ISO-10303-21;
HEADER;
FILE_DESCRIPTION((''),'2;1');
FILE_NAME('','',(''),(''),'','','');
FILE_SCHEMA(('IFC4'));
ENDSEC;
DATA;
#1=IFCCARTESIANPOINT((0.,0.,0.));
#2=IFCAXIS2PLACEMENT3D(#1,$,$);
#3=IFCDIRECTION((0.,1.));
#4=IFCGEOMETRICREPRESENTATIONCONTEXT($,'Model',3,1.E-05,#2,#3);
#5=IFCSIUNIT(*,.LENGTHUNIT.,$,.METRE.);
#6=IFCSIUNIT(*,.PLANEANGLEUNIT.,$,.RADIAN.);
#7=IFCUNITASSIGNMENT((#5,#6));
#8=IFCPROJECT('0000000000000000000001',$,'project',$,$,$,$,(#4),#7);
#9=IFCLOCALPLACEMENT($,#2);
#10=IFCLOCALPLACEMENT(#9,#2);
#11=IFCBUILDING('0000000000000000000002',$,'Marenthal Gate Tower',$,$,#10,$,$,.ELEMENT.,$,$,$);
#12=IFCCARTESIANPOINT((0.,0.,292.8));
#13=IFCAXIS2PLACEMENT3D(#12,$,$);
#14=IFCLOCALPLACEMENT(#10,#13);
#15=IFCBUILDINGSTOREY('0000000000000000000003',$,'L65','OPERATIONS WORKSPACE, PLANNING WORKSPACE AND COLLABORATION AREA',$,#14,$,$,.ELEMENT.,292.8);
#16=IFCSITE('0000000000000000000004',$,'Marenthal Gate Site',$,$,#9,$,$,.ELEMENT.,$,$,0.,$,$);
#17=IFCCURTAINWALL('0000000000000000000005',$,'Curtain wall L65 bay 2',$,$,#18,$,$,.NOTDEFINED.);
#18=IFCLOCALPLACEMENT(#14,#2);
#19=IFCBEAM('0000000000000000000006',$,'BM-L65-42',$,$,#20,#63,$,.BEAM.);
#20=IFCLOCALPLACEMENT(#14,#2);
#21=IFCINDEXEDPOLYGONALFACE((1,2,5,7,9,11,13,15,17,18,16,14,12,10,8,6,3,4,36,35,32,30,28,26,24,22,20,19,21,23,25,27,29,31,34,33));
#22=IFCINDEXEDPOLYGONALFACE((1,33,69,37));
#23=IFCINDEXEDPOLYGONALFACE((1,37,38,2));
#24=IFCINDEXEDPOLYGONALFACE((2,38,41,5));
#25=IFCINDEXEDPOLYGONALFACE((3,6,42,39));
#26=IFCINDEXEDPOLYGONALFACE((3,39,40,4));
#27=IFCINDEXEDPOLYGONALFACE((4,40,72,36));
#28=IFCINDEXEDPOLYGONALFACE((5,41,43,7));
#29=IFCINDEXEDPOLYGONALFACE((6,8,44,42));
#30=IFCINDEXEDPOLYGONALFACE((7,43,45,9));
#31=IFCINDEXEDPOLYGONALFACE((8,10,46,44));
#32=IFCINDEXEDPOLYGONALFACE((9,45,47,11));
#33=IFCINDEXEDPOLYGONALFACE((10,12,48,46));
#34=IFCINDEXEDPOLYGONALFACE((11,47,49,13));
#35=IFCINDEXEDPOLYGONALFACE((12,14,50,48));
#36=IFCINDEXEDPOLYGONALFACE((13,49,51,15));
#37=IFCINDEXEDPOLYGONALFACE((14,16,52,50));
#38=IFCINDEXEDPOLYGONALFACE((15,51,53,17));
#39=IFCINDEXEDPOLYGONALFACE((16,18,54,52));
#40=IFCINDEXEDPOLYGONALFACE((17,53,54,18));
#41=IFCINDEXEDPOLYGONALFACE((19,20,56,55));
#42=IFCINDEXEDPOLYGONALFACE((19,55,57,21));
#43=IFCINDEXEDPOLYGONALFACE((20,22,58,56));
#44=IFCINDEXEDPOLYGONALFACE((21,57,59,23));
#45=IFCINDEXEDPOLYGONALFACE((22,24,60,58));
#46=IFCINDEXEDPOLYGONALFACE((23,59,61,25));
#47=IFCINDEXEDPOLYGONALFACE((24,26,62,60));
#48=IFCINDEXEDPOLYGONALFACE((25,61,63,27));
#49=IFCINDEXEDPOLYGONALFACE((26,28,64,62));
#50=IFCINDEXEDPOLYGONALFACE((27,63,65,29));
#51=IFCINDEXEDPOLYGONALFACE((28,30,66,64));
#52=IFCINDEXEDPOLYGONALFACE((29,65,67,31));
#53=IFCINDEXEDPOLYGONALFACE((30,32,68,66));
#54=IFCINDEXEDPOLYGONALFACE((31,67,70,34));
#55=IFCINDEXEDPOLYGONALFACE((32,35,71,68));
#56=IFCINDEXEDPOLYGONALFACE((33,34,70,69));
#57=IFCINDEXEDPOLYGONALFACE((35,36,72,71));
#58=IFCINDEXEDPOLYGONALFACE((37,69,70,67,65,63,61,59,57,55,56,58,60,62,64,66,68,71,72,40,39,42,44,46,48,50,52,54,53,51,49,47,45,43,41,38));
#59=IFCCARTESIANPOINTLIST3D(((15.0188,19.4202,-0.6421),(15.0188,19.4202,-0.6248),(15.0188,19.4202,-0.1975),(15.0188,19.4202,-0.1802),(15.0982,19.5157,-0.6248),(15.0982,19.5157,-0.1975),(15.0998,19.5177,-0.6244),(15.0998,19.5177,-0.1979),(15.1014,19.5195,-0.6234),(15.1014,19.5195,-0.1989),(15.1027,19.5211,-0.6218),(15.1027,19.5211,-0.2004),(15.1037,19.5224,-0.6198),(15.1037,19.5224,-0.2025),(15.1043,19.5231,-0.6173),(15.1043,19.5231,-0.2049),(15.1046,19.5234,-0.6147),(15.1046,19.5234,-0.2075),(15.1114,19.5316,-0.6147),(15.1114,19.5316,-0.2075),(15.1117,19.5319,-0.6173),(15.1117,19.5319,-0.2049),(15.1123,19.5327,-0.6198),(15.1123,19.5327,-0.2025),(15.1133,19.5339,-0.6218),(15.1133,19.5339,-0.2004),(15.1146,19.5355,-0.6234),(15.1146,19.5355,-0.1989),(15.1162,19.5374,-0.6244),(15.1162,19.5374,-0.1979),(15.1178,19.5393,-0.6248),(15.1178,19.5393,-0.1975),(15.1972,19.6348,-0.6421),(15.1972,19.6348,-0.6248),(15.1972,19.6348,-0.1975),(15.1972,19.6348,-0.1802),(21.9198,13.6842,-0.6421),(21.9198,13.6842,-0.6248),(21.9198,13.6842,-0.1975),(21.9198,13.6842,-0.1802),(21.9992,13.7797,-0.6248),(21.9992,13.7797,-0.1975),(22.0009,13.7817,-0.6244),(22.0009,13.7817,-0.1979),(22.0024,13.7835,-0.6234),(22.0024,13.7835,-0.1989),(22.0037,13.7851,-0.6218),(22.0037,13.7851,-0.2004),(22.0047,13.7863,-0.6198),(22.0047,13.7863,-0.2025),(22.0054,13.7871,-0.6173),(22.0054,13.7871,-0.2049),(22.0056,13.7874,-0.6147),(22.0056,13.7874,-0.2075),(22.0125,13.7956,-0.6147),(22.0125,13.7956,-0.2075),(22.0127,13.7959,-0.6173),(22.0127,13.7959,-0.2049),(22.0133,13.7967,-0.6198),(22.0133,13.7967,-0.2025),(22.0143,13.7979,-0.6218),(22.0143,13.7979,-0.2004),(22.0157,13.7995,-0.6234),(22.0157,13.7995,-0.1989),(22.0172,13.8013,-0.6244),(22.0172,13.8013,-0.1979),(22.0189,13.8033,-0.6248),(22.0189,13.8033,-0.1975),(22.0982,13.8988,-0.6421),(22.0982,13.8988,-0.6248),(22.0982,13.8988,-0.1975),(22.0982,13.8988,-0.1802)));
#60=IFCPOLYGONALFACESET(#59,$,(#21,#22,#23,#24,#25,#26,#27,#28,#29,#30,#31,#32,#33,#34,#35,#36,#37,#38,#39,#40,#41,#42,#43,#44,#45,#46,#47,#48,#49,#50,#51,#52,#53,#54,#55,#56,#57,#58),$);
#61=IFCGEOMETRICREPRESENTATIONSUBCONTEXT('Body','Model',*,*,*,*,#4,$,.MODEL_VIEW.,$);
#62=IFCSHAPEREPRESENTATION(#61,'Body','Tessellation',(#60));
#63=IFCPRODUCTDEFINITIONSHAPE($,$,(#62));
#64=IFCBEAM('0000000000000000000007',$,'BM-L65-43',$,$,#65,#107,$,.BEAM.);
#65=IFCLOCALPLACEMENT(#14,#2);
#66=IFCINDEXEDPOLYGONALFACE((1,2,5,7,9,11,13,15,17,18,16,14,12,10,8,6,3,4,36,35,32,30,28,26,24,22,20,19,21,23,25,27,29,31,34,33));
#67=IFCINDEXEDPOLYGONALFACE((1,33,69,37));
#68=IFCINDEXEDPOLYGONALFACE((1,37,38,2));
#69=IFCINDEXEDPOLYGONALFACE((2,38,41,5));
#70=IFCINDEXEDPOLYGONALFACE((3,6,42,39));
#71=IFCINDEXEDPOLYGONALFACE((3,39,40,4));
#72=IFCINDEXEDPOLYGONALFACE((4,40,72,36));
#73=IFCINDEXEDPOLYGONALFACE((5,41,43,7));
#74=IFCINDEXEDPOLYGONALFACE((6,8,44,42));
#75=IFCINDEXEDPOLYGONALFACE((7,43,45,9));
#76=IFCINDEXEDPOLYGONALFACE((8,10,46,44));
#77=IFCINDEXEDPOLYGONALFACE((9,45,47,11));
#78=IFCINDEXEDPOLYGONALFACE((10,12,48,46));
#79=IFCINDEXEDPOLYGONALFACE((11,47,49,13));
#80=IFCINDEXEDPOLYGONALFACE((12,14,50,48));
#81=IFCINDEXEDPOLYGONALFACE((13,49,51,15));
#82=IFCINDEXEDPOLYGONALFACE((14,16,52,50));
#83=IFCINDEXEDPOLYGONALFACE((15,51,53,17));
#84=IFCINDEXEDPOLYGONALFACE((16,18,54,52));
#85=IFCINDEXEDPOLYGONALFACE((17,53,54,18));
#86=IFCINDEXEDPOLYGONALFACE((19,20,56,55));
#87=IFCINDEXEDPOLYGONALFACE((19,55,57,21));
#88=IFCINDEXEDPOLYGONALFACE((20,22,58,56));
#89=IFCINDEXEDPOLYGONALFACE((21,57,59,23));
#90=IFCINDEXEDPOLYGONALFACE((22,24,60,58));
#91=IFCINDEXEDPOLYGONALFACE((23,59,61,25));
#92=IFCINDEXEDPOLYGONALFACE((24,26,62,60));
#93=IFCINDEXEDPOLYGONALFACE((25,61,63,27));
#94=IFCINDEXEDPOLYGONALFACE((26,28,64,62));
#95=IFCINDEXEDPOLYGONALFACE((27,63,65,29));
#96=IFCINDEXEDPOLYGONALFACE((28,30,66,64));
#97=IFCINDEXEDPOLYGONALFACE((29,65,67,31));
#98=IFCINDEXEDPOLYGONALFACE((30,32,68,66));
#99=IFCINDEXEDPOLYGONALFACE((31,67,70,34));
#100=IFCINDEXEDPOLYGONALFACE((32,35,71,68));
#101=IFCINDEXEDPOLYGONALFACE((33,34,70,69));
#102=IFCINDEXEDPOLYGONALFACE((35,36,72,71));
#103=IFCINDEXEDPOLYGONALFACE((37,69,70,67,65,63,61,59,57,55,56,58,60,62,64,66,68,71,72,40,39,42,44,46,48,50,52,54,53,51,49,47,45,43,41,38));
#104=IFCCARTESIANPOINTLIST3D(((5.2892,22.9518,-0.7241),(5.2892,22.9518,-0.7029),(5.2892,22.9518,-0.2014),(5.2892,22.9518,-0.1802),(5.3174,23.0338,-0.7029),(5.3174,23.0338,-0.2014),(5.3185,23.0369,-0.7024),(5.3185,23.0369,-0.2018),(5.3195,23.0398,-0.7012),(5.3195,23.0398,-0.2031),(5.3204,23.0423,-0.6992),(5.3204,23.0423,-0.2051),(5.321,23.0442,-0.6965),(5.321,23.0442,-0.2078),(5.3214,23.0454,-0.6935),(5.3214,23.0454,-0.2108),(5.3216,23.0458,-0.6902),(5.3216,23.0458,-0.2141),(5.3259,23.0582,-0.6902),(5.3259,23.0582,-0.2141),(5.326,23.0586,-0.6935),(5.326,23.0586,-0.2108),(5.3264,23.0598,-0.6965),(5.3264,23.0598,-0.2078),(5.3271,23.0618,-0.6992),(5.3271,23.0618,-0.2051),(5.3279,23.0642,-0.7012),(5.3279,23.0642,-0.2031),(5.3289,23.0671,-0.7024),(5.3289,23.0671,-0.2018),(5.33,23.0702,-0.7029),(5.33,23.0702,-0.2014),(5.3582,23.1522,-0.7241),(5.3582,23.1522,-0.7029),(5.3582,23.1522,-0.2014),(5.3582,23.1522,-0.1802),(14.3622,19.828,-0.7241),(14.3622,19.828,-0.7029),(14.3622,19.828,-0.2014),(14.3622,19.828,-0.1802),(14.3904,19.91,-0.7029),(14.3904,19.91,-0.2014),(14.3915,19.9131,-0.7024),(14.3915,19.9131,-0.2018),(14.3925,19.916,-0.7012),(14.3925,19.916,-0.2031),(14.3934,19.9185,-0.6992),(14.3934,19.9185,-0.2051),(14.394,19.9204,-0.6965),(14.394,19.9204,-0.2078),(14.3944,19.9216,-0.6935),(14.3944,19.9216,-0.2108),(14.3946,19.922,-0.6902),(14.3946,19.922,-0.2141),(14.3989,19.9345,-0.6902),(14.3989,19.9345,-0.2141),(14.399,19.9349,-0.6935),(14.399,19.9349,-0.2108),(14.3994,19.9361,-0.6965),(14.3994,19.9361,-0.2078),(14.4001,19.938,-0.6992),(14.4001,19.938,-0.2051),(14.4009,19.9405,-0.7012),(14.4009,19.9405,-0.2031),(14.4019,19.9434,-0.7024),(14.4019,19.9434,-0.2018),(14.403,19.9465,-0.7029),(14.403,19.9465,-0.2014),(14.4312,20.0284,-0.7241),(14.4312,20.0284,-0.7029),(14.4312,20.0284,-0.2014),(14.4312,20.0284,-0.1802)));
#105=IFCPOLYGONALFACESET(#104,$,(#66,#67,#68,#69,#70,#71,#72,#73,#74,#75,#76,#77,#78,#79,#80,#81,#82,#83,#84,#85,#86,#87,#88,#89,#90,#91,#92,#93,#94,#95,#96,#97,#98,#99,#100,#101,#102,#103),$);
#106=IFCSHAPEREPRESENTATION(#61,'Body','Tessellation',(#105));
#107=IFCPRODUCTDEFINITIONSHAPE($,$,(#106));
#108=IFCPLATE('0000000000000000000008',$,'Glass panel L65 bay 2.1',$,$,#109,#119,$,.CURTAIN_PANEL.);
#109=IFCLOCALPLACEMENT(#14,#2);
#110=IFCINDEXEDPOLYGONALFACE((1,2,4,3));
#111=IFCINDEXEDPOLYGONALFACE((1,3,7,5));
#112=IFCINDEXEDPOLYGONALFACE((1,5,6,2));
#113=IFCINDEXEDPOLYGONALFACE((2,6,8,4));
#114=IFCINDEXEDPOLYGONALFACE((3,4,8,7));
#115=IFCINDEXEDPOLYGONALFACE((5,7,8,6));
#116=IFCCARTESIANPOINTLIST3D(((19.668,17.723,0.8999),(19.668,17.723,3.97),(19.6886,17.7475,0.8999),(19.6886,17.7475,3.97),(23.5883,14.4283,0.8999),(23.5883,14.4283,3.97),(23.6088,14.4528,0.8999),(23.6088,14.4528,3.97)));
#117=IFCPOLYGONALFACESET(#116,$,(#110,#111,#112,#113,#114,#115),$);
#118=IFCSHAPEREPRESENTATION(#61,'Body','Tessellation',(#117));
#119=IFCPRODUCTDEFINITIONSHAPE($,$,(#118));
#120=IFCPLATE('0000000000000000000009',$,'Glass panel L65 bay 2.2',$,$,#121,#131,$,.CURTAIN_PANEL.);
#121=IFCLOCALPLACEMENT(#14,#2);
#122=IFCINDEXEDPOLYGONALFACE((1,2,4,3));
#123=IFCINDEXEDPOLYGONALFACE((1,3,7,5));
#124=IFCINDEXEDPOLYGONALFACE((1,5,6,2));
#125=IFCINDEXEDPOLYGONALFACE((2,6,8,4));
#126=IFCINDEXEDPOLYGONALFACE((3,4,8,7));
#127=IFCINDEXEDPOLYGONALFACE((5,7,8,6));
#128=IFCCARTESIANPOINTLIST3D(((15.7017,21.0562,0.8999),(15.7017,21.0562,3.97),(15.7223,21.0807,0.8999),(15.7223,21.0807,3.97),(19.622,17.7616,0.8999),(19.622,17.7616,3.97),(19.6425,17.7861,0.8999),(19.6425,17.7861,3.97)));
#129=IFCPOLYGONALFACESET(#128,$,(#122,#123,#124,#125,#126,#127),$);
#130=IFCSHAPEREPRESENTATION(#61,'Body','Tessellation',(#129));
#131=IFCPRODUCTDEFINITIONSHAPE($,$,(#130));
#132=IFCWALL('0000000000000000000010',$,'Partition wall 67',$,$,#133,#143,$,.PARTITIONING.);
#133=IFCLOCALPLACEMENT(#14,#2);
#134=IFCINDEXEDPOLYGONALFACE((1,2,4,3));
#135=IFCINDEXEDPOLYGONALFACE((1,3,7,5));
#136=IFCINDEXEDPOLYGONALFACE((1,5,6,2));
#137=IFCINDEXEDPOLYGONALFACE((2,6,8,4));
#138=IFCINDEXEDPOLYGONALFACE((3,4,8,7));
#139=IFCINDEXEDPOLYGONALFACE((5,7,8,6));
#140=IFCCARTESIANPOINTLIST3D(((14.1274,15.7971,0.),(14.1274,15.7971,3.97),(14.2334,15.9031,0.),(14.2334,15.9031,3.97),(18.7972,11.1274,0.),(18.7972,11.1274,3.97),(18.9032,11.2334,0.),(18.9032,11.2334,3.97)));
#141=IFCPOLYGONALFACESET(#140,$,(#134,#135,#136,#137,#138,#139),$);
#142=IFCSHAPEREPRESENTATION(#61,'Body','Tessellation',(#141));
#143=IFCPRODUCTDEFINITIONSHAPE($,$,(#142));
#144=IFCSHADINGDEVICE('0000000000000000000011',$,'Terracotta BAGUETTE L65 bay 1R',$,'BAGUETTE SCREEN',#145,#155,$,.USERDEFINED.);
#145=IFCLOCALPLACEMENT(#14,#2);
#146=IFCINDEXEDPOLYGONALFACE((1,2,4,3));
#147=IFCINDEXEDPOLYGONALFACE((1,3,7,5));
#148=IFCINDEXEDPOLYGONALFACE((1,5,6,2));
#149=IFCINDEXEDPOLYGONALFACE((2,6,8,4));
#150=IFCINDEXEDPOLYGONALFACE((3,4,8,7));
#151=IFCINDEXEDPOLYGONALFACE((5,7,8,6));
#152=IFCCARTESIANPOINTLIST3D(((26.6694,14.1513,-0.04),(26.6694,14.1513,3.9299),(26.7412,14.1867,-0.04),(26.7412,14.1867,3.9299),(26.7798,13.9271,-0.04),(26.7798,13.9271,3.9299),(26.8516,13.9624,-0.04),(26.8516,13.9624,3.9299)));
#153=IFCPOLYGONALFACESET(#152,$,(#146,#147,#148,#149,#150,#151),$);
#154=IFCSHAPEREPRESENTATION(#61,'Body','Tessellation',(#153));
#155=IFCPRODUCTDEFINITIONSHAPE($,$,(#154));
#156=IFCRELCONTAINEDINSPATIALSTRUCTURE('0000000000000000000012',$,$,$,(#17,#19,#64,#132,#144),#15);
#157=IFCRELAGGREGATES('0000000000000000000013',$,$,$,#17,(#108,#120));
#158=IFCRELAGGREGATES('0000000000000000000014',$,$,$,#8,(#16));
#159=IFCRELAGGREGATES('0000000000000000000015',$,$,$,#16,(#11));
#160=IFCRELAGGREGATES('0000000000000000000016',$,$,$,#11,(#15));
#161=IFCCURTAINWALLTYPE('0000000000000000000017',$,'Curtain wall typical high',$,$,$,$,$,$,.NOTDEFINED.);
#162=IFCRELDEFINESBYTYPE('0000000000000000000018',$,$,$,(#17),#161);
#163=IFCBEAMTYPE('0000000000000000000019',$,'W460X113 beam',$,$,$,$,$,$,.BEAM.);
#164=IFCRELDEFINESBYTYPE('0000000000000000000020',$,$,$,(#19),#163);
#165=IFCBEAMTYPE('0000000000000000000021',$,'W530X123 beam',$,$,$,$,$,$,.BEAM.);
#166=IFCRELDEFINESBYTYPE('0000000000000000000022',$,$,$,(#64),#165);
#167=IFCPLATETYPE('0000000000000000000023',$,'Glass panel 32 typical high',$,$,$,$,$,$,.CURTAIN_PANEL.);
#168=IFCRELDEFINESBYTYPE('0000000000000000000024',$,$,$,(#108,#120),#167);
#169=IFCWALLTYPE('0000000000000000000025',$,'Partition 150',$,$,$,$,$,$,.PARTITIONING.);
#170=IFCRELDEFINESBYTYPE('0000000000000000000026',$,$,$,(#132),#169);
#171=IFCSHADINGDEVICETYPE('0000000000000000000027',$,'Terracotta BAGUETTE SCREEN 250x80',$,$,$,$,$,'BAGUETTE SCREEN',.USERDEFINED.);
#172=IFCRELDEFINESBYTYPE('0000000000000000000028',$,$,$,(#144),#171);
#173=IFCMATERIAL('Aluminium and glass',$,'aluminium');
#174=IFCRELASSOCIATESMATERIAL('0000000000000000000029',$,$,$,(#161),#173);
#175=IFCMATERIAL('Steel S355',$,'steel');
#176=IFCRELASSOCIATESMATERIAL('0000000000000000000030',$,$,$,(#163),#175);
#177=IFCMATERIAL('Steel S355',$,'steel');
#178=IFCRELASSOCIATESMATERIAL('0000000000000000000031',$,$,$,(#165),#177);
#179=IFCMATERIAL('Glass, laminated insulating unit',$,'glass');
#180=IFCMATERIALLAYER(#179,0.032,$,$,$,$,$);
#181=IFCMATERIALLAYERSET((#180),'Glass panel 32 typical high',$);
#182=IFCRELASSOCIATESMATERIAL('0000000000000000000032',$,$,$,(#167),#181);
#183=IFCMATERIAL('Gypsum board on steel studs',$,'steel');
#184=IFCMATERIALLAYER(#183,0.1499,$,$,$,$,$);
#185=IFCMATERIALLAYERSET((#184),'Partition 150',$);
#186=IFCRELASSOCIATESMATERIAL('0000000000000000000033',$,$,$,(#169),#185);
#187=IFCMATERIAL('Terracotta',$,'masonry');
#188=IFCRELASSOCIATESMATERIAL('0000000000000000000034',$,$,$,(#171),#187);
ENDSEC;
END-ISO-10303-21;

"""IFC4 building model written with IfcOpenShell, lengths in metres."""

from ifc_helpers import new_model, si_unit, direction, frame, frame_2d, origin, origin_2d, place, context, subcontext, project, spatial, rectangle, i_section, extrude, material, layer, layer_set, material_profile, profile_set, type_object, element, aggregate, save


model = new_model("IFC4")

# Units and contexts
model_context = context("Model", 3, precision=1e-05, world=origin(), true_north=direction((0.0, 1.0)))
body_context = subcontext(model_context, "Body", "Model", "MODEL_VIEW")
ifc_project = project(units=[si_unit("LENGTHUNIT", "METRE"), si_unit("PLANEANGLEUNIT", "RADIAN")], contexts=[model_context])

# Site, building, storey
site_placement = place(None, origin())
site = spatial("IfcSite", under=ifc_project, at=site_placement, Name="Marenthal Gate Site", CompositionType="ELEMENT", RefElevation=0.0)
building_placement = place(site_placement, origin())
building = spatial("IfcBuilding", under=site, at=building_placement, Name="Marenthal Gate Tower", CompositionType="ELEMENT")
storey_placement = place(building_placement, frame((0.0, 0.0, 292.8)))
storey = spatial("IfcBuildingStorey", under=building, at=storey_placement, Name="L65", Description="OPERATIONS WORKSPACE, PLANNING WORKSPACE AND COLLABORATION AREA", CompositionType="ELEMENT", Elevation=292.8)

# Curtain wall
ifc_material_1 = material(Name="Aluminium and glass", Category="aluminium")
curtain_wall_type = type_object("IfcCurtainWallType", Name="Curtain wall typical high", PredefinedType="NOTDEFINED", material=ifc_material_1)
curtain_wall_placement = place(storey_placement, origin())
curtain_wall = element("IfcCurtainWall", 1, at=curtain_wall_placement, inside=storey, type_object=curtain_wall_type, Name="Curtain wall L65 bay 2", PredefinedType="NOTDEFINED")

# Beams
ifc_material_2 = material(Name="Steel S355", Category="steel")
ifc_material_profile_1 = material_profile(ifc_material_2, i_section(OverallWidth=0.2791, OverallDepth=0.4619, WebThickness=0.0107, FlangeThickness=0.0173, FilletRadius=0.01, at=origin_2d()), Name="W460X113")
ifc_profile_set_1 = profile_set([ifc_material_profile_1], Name="Steel S355")
beam_type_1 = type_object("IfcBeamType", Name="W460X113 beam", PredefinedType="BEAM", material=ifc_profile_set_1)
beam_1_placement = place(storey_placement, frame((22.009, 13.7915, -0.4111), z_axis=(-0.769035, 0.639207, 0.0), x_axis=(-0.639207, -0.769035, 0.0)))
element("IfcBeam", 2, at=beam_1_placement, inside=storey, type_object=beam_type_1, Name="BM-L65-42", PredefinedType="BEAM", context=body_context, shape_type="SweptSolid", body=[
    extrude(i_section(OverallWidth=0.2791, OverallDepth=0.4619, WebThickness=0.0107, FlangeThickness=0.0173, FilletRadius=0.01, at=origin_2d()), origin(), (0.0, 0.0, 1.0), 8.9736),
])
ifc_material_3 = material(Name="Steel S355", Category="steel")
ifc_material_profile_2 = material_profile(ifc_material_3, i_section(OverallWidth=0.2119, OverallDepth=0.5439, WebThickness=0.0132, FlangeThickness=0.0212, FilletRadius=0.0127, at=origin_2d()), Name="W530X123")
ifc_profile_set_2 = profile_set([ifc_material_profile_2], Name="Steel S355")
beam_type_2 = type_object("IfcBeamType", Name="W530X123 beam", PredefinedType="BEAM", material=ifc_profile_set_2)
beam_2_placement = place(storey_placement, frame((14.3967, 19.9282, -0.4521), z_axis=(-0.945528, 0.32554, 0.0), x_axis=(-0.32554, -0.945528, 0.0)))
element("IfcBeam", 3, at=beam_2_placement, inside=storey, type_object=beam_type_2, Name="BM-L65-43", PredefinedType="BEAM", context=body_context, shape_type="SweptSolid", body=[
    extrude(i_section(OverallWidth=0.2119, OverallDepth=0.5439, WebThickness=0.0132, FlangeThickness=0.0212, FilletRadius=0.0127, at=origin_2d()), origin(), (0.0, 0.0, 1.0), 9.5957),
])

# Plates
ifc_material_4 = material(Name="Glass, laminated insulating unit", Category="glass")
ifc_layer_1 = layer(ifc_material_4, 0.032)
ifc_layer_set_1 = layer_set([ifc_layer_1], Name="Glass panel 32 typical high")
plate_type = type_object("IfcPlateType", Name="Glass panel 32 typical high", PredefinedType="CURTAIN_PANEL", material=ifc_layer_set_1)
plate_1_placement = place(storey_placement, frame((21.6384, 16.0879, 0.8999), z_axis=(0.0, 0.0, 1.0), x_axis=(-0.765547, 0.64338, 0.0)))
plate_1 = element("IfcPlate", 4, at=plate_1_placement, type_object=plate_type, Name="Glass panel L65 bay 2.1", PredefinedType="CURTAIN_PANEL", context=body_context, shape_type="SweptSolid", body=[
    extrude(rectangle(XDim=5.1208, YDim=0.032, at=origin_2d()), origin(), (0.0, 0.0, 1.0), 3.0701),
])
plate_2_placement = place(storey_placement, frame((17.6721, 19.4211, 0.8999), z_axis=(0.0, 0.0, 1.0), x_axis=(-0.765547, 0.64338, 0.0)))
plate_2 = element("IfcPlate", 5, at=plate_2_placement, type_object=plate_type, Name="Glass panel L65 bay 2.2", PredefinedType="CURTAIN_PANEL", context=body_context, shape_type="SweptSolid", body=[
    extrude(rectangle(XDim=5.1208, YDim=0.032, at=origin_2d()), origin(), (0.0, 0.0, 1.0), 3.0701),
])
aggregate(curtain_wall, [plate_1, plate_2])

# Wall
ifc_material_5 = material(Name="Gypsum board on steel studs", Category="steel")
ifc_layer_2 = layer(ifc_material_5, 0.1499)
ifc_layer_set_2 = layer_set([ifc_layer_2], Name="Partition 150")
wall_type_1 = type_object("IfcWallType", Name="Partition 150", PredefinedType="PARTITIONING", material=ifc_layer_set_2)
wall_1_placement = place(storey_placement, frame((14.1804, 15.8501, 0.0), z_axis=(0.0, 0.0, 1.0), x_axis=(0.707107, -0.707107, 0.0)))
element("IfcWall", 6, at=wall_1_placement, inside=storey, type_object=wall_type_1, Name="Partition wall 67", PredefinedType="PARTITIONING", context=body_context, shape_type="SweptSolid", body=[
    extrude(rectangle(XDim=6.604, YDim=0.1499, at=frame_2d((3.302, 0.0))), origin(), (0.0, 0.0, 1.0), 3.97),
])

# Shading device
ifc_material_6 = material(Name="Terracotta", Category="masonry")
ifc_material_profile_3 = material_profile(ifc_material_6, rectangle(XDim=0.25, YDim=0.0801, at=origin_2d()), Name="Terracotta baguette 250x80")
ifc_profile_set_3 = profile_set([ifc_material_profile_3], Name="Terracotta")
shading_device_type = type_object("IfcShadingDeviceType", Name="Terracotta BAGUETTE SCREEN 250x80", ElementType="BAGUETTE SCREEN", PredefinedType="USERDEFINED", material=ifc_profile_set_3)
shading_device_placement = place(storey_placement, frame((26.7605, 14.0569, -0.04), z_axis=(0.0, 0.0, 1.0), x_axis=(-0.441711, 0.897157, 0.0)))
element("IfcShadingDevice", 7, at=shading_device_placement, inside=storey, type_object=shading_device_type, Name="Terracotta BAGUETTE L65 bay 1R", ObjectType="BAGUETTE SCREEN", PredefinedType="USERDEFINED", context=body_context, shape_type="SweptSolid", body=[
    extrude(rectangle(XDim=0.25, YDim=0.0801, at=origin_2d()), origin(), (0.0, 0.0, 1.0), 3.97),
])

save(model, "model.ifc")
